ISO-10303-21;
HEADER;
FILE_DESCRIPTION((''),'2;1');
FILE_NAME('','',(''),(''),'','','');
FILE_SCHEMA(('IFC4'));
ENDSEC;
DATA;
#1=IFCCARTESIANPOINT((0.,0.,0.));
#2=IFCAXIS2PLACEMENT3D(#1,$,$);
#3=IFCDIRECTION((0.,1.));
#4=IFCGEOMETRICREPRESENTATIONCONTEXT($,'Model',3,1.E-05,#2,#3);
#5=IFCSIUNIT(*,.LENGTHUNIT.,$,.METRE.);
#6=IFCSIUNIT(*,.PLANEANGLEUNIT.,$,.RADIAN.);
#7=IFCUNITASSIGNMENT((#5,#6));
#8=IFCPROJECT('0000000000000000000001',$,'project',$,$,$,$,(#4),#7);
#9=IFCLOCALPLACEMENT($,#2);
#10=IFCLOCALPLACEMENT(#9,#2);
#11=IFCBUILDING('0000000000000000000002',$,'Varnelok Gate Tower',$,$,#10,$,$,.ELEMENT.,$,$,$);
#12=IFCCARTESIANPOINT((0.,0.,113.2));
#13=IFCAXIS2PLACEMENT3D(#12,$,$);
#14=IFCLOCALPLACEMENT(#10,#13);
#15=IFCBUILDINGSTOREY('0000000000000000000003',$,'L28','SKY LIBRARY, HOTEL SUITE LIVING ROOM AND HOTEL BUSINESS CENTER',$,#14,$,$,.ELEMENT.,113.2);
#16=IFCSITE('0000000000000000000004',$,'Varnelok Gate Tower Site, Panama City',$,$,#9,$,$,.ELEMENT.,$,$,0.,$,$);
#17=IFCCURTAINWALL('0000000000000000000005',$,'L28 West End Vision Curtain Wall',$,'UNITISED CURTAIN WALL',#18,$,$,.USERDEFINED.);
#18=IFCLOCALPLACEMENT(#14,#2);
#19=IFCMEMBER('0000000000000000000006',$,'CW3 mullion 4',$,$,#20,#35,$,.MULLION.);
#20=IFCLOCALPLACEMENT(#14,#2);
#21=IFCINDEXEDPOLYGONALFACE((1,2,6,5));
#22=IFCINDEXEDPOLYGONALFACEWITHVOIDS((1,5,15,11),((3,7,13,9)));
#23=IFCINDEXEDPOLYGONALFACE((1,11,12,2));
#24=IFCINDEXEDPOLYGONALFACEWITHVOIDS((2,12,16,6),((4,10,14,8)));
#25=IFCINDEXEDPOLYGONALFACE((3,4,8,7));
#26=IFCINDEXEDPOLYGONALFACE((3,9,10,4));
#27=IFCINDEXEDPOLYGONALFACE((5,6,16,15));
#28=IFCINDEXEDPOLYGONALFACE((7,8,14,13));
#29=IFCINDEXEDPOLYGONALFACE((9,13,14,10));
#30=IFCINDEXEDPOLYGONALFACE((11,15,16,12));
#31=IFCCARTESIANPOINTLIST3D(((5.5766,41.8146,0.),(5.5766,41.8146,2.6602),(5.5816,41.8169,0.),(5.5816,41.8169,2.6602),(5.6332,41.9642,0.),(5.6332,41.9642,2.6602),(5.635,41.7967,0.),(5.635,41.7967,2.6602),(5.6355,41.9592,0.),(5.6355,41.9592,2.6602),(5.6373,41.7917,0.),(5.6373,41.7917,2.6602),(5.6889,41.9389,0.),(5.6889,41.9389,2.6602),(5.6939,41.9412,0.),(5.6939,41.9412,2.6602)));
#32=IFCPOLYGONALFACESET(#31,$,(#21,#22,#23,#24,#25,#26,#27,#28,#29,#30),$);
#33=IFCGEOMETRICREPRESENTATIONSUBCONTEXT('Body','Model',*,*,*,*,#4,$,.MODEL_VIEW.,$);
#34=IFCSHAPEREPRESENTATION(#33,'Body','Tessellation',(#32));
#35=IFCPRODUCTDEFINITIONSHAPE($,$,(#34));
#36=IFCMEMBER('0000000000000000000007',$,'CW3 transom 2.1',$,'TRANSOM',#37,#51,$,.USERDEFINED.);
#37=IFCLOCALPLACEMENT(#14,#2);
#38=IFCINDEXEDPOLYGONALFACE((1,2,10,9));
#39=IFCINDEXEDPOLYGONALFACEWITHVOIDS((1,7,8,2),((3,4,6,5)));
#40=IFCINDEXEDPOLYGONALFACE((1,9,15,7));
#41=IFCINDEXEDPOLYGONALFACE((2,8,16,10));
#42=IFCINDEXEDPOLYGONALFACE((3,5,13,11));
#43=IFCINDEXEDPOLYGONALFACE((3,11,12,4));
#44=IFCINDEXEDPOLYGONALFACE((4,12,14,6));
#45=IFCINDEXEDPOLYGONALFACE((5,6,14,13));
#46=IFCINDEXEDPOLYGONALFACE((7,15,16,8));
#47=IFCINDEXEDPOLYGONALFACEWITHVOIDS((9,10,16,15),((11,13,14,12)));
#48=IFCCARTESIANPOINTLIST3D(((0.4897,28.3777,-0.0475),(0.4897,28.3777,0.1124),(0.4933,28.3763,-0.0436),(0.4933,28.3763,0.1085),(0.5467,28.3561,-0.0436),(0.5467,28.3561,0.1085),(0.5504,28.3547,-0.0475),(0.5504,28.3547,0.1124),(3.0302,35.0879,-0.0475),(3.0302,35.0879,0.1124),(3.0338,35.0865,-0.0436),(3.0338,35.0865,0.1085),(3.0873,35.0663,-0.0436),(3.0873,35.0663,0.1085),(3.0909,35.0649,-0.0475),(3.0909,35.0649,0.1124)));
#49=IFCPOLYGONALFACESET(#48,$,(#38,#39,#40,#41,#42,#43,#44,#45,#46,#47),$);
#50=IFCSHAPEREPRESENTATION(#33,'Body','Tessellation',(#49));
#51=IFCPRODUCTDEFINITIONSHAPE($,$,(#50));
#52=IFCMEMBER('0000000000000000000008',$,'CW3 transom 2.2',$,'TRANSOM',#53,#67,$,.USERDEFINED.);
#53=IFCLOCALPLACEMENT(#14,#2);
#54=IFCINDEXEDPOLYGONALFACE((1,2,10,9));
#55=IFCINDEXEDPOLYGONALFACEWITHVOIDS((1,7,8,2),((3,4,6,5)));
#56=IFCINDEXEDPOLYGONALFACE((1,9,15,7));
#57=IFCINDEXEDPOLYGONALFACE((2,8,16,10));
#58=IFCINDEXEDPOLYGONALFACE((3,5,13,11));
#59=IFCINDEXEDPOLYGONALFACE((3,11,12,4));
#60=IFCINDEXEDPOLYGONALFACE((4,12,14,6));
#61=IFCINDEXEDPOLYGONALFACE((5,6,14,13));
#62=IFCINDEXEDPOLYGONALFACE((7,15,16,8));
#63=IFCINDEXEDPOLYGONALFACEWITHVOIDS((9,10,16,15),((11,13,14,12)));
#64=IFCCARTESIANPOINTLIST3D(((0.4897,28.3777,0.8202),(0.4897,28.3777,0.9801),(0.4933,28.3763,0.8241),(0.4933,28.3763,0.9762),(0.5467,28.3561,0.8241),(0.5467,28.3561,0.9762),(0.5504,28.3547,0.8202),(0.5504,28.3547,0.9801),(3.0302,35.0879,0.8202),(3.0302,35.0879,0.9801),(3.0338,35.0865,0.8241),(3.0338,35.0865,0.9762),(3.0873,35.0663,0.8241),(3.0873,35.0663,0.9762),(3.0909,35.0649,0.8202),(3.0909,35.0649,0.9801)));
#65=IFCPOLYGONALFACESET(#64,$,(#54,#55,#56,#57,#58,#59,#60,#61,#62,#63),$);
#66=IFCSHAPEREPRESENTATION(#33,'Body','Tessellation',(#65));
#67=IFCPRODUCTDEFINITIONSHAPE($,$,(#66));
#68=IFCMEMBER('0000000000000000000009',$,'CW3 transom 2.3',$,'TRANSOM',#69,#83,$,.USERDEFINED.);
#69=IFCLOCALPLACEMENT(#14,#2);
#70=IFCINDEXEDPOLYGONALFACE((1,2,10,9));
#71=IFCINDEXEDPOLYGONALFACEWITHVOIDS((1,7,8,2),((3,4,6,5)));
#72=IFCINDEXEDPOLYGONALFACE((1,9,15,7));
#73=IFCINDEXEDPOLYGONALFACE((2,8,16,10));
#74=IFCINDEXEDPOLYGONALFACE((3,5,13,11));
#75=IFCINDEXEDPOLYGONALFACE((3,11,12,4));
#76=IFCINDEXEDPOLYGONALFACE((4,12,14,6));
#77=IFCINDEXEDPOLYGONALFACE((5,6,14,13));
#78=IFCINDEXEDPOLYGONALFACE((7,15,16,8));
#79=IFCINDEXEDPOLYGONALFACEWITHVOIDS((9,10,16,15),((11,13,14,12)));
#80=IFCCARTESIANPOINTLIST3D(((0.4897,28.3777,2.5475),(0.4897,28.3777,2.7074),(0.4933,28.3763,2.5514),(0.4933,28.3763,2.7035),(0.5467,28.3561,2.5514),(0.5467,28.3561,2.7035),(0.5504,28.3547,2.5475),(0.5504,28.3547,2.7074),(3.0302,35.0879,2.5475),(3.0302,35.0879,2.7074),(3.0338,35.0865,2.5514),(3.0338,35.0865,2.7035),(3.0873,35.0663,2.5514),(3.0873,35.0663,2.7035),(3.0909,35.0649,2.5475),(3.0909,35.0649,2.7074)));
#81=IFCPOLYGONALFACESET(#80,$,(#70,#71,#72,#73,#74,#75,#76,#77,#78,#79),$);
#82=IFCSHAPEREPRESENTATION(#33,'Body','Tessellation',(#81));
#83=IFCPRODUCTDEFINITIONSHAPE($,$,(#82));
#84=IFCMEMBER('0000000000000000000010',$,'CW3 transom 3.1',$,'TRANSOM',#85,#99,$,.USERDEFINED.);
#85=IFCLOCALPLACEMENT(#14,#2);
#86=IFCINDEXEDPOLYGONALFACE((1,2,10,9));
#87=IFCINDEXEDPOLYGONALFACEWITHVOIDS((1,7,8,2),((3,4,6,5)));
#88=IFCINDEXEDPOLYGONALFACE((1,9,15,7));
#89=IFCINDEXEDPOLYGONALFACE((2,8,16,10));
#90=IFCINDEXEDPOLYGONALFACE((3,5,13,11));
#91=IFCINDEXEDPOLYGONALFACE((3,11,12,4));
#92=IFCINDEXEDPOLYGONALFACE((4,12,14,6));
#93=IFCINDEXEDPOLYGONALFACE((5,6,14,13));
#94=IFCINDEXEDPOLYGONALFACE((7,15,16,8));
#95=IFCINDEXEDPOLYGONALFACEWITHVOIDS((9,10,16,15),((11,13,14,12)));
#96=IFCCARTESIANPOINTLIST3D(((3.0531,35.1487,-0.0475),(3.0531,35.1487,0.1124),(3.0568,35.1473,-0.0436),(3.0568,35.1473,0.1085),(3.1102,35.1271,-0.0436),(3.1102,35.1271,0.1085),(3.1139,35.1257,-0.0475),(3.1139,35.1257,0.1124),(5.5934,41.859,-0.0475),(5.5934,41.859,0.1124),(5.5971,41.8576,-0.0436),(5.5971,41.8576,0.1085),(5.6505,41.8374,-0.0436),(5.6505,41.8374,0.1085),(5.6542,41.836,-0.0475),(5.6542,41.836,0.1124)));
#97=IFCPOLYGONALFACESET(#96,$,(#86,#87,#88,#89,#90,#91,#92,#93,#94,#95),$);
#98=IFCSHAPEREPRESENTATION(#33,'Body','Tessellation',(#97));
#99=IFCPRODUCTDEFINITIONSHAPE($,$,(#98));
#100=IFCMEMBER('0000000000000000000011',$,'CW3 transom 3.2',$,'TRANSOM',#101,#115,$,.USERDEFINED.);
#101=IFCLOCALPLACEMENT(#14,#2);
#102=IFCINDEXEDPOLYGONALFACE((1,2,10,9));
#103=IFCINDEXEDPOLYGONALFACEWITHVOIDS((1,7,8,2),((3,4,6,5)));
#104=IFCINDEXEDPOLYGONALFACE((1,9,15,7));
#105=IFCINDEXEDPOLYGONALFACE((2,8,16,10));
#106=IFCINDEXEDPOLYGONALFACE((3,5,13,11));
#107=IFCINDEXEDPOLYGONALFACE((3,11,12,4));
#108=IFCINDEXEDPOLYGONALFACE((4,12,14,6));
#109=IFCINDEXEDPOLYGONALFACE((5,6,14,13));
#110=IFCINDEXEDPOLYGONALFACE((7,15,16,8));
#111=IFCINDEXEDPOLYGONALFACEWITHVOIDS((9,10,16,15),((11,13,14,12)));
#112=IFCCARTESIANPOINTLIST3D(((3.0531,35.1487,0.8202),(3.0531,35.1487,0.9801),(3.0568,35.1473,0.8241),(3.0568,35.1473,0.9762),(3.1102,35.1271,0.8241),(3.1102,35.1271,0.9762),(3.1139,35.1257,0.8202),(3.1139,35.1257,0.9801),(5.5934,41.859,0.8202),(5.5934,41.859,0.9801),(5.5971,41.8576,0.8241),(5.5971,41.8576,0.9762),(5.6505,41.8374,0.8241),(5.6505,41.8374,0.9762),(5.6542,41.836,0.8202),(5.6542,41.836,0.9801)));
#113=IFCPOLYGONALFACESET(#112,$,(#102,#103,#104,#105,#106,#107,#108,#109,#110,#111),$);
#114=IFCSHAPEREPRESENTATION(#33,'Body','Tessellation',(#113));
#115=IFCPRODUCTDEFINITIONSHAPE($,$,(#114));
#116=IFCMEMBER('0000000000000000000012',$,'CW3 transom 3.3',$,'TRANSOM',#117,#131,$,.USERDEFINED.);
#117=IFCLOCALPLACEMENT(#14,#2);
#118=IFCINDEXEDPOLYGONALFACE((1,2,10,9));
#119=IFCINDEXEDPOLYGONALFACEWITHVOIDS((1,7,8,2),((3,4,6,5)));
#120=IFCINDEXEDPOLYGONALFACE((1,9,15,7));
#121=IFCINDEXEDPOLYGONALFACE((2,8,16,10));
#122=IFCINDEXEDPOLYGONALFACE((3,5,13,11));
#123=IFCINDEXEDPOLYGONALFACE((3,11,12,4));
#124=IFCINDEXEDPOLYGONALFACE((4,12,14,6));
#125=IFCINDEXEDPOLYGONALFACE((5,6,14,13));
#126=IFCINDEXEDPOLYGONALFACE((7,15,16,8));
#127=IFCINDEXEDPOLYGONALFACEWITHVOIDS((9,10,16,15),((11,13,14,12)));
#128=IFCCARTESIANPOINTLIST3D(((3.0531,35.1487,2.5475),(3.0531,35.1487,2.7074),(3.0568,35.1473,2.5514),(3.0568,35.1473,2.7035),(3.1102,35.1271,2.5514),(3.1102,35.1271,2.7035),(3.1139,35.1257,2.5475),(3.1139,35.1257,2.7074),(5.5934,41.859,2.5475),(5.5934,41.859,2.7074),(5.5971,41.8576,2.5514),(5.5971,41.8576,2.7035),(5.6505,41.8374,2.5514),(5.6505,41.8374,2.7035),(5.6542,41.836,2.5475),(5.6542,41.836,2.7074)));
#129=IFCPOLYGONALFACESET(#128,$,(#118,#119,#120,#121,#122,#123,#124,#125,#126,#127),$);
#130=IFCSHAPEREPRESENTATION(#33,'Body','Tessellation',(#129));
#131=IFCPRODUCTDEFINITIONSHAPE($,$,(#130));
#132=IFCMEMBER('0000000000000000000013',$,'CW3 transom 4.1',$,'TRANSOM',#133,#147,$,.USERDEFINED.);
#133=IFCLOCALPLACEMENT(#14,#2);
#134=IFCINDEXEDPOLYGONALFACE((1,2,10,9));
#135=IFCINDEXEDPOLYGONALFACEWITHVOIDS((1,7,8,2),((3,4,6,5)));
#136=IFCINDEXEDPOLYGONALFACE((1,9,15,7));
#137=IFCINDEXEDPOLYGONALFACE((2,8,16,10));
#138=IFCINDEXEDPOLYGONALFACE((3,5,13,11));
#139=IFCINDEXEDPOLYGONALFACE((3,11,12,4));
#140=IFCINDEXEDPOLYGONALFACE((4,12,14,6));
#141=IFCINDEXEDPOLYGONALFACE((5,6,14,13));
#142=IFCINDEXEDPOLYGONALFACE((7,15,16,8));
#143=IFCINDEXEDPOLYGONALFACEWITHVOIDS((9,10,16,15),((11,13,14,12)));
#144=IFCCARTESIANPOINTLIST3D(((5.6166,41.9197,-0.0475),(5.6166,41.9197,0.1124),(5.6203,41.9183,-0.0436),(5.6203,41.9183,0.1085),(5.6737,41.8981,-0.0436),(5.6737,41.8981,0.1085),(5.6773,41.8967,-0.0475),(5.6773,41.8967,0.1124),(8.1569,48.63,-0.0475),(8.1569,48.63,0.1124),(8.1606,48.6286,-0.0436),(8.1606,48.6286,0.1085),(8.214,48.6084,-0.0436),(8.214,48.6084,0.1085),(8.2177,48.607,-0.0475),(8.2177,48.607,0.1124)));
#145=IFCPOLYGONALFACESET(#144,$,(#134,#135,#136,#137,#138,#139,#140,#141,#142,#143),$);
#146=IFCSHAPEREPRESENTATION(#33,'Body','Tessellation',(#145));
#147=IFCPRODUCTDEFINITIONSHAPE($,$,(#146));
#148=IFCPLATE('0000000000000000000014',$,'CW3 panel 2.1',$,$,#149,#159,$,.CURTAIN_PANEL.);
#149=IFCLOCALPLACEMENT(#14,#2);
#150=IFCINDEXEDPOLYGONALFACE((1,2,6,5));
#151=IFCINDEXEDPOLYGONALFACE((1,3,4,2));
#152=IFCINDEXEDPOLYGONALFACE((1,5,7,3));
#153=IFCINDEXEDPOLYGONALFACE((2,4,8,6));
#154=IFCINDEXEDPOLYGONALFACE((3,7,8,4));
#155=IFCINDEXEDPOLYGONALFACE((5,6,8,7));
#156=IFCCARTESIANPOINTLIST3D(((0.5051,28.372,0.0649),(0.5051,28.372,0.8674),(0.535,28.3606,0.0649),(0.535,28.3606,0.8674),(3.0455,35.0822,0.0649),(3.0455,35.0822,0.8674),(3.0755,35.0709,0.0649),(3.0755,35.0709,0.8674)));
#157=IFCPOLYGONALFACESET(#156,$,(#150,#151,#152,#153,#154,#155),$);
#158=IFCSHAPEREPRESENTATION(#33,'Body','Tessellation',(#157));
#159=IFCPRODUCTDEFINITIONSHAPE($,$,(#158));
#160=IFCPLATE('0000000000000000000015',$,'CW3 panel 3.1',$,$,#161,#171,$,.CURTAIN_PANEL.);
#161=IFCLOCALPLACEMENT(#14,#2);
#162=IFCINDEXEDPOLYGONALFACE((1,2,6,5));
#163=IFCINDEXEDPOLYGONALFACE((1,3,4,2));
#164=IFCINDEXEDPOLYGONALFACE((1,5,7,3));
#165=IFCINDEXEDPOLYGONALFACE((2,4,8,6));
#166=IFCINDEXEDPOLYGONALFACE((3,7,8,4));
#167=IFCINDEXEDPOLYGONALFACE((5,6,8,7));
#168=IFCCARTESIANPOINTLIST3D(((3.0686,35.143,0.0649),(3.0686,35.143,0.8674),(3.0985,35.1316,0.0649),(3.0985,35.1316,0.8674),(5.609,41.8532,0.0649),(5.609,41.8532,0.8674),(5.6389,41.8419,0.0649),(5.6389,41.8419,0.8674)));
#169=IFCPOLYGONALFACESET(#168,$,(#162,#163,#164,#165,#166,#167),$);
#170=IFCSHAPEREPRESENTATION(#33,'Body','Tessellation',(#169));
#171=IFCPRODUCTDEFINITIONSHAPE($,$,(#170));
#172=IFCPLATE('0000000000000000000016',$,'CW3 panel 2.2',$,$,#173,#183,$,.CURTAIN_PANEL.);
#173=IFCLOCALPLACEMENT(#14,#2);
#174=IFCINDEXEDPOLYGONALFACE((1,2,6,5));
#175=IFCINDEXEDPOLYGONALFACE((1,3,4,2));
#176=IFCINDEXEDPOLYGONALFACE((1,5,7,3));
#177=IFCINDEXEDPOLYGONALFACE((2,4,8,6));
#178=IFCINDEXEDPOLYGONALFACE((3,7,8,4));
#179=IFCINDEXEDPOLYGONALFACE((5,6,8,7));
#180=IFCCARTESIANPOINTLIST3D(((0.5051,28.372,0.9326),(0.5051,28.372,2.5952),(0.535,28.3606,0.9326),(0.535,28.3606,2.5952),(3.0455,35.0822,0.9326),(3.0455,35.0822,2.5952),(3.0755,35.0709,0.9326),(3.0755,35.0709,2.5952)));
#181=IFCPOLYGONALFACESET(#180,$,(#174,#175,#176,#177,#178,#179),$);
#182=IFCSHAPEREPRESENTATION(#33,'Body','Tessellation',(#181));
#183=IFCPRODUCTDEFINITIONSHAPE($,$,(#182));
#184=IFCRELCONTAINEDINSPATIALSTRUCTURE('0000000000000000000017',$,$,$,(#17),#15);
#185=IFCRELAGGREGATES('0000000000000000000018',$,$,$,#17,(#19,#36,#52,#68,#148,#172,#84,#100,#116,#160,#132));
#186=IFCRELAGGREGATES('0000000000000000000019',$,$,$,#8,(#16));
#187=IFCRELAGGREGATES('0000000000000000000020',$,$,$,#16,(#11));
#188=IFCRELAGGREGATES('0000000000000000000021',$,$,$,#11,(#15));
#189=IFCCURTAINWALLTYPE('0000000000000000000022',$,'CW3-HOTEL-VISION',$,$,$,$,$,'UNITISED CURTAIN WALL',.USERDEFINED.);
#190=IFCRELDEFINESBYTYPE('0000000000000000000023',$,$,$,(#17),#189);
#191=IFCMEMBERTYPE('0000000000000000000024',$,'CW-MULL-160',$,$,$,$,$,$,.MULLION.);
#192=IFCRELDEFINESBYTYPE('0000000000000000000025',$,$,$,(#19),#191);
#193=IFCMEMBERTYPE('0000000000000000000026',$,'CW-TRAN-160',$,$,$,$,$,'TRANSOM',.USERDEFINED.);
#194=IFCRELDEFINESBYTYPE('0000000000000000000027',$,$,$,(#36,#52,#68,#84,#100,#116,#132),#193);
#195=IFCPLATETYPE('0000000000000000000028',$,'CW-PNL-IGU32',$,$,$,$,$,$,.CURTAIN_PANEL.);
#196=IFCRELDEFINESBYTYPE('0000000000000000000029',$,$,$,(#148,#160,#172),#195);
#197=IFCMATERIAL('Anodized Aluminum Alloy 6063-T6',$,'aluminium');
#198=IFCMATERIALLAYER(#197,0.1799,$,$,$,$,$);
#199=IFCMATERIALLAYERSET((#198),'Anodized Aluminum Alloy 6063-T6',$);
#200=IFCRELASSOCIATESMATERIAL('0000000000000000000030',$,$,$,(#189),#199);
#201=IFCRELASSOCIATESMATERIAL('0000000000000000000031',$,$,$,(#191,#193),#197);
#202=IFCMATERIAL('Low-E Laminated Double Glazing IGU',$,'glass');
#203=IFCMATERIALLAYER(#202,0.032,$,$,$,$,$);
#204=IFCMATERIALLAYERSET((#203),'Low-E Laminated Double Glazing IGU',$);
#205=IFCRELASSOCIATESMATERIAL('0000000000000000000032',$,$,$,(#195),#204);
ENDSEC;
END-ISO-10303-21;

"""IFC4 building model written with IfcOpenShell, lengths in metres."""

from ifc_helpers import new_model, si_unit, direction, frame, origin, origin_2d, place, context, subcontext, project, spatial, rectangle, hollow_rectangle, extrude, source, transform, mapped, material, layer, layer_set, material_profile, profile_set, type_object, element, aggregate, save


model = new_model("IFC4")

# Units and contexts
model_context = context("Model", 3, precision=1e-05, world=origin(), true_north=direction((0.0, 1.0)))
body_context = subcontext(model_context, "Body", "Model", "MODEL_VIEW")
ifc_project = project(units=[si_unit("LENGTHUNIT", "METRE"), si_unit("PLANEANGLEUNIT", "RADIAN")], contexts=[model_context])

# Site, building, storey
site_placement = place(None, origin())
site = spatial("IfcSite", under=ifc_project, at=site_placement, Name="Varnelok Gate Tower Site, Panama City", CompositionType="ELEMENT", RefElevation=0.0)
building_placement = place(site_placement, origin())
building = spatial("IfcBuilding", under=site, at=building_placement, Name="Varnelok Gate Tower", CompositionType="ELEMENT")
storey_placement = place(building_placement, frame((0.0, 0.0, 113.2)))
storey = spatial("IfcBuildingStorey", under=building, at=storey_placement, Name="L28", Description="SKY LIBRARY, HOTEL SUITE LIVING ROOM AND HOTEL BUSINESS CENTER", CompositionType="ELEMENT", Elevation=113.2)

# Curtain wall, members, plates
ifc_material_1 = material(Name="Anodized Aluminum Alloy 6063-T6", Category="aluminium")
ifc_layer_1 = layer(ifc_material_1, 0.1799)
ifc_layer_set_1 = layer_set([ifc_layer_1], Name="Anodized Aluminum Alloy 6063-T6")
curtain_wall_type = type_object("IfcCurtainWallType", Name="CW3-HOTEL-VISION", ElementType="UNITISED CURTAIN WALL", PredefinedType="USERDEFINED", material=ifc_layer_set_1)
curtain_wall_placement = place(storey_placement, origin())
curtain_wall = element("IfcCurtainWall", 1, at=curtain_wall_placement, inside=storey, type_object=curtain_wall_type, Name="L28 West End Vision Curtain Wall", ObjectType="UNITISED CURTAIN WALL", PredefinedType="USERDEFINED")
ifc_material_profile_1 = material_profile(ifc_material_1, hollow_rectangle(XDim=0.0649, YDim=0.1599, WallThickness=0.0039, at=origin_2d()), Name="ALU160X65X4")
ifc_profile_set_1 = profile_set([ifc_material_profile_1], Name="Anodized Aluminum Alloy 6063-T6")
member_type_1 = type_object("IfcMemberType", Name="CW-MULL-160", PredefinedType="MULLION", material=ifc_profile_set_1)
member_1_placement = place(storey_placement, frame((5.6353, 41.8779, 0.0), z_axis=(0.0, 0.0, 1.0), x_axis=(-0.935221, 0.354064, 0.0)))
member_1 = element("IfcMember", 2, at=member_1_placement, type_object=member_type_1, Name="CW3 mullion 4", PredefinedType="MULLION", context=body_context, shape_type="SweptSolid", body=[
    extrude(hollow_rectangle(XDim=0.0649, YDim=0.1599, WallThickness=0.0039, at=origin_2d()), origin(), (0.0, 0.0, 1.0), 2.6602),
])
ifc_material_profile_2 = material_profile(ifc_material_1, hollow_rectangle(XDim=0.0649, YDim=0.1599, WallThickness=0.0039, at=origin_2d()), Name="ALU160X65X4")
ifc_profile_set_2 = profile_set([ifc_material_profile_2], Name="Anodized Aluminum Alloy 6063-T6")
member_type_2 = type_object("IfcMemberType", Name="CW-TRAN-160", ElementType="TRANSOM", PredefinedType="USERDEFINED", material=ifc_profile_set_2)
member_2_placement = place(storey_placement, frame((0.52, 28.3662, 0.0325), z_axis=(0.354079, 0.935216, 0.0), x_axis=(-0.935216, 0.354079, 0.0)))
member_2 = element("IfcMember", 3, at=member_2_placement, type_object=member_type_2, Name="CW3 transom 2.1", ObjectType="TRANSOM", PredefinedType="USERDEFINED", context=body_context, shape_type="SweptSolid", body=[
    extrude(hollow_rectangle(XDim=0.0649, YDim=0.1599, WallThickness=0.0039, at=origin_2d()), origin(), (0.0, 0.0, 1.0), 7.175),
])
member_3_placement = place(storey_placement, frame((0.52, 28.3662, 0.9001), z_axis=(0.354079, 0.935216, 0.0), x_axis=(-0.935216, 0.354079, 0.0)))
member_3 = element("IfcMember", 4, at=member_3_placement, type_object=member_type_2, Name="CW3 transom 2.2", ObjectType="TRANSOM", PredefinedType="USERDEFINED", context=body_context, shape_type="SweptSolid", body=[
    extrude(hollow_rectangle(XDim=0.0649, YDim=0.1599, WallThickness=0.0039, at=origin_2d()), origin(), (0.0, 0.0, 1.0), 7.175),
])
member_4_placement = place(storey_placement, frame((0.52, 28.3662, 2.6274), z_axis=(0.354079, 0.935216, 0.0), x_axis=(-0.935216, 0.354079, 0.0)))
member_4 = element("IfcMember", 5, at=member_4_placement, type_object=member_type_2, Name="CW3 transom 2.3", ObjectType="TRANSOM", PredefinedType="USERDEFINED", context=body_context, shape_type="SweptSolid", body=[
    extrude(hollow_rectangle(XDim=0.0649, YDim=0.1599, WallThickness=0.0039, at=origin_2d()), origin(), (0.0, 0.0, 1.0), 7.175),
])
member_5_placement = place(storey_placement, frame((3.0835, 35.1372, 0.0325), z_axis=(0.354049, 0.935227, 0.0), x_axis=(-0.935227, 0.354049, 0.0)))
member_5 = element("IfcMember", 6, at=member_5_placement, type_object=member_type_2, Name="CW3 transom 3.1", ObjectType="TRANSOM", PredefinedType="USERDEFINED", context=body_context, shape_type="SweptSolid", body=[
    extrude(hollow_rectangle(XDim=0.0649, YDim=0.1599, WallThickness=0.0039, at=origin_2d()), origin(), (0.0, 0.0, 1.0), 7.175),
])
member_6_placement = place(storey_placement, frame((3.0835, 35.1372, 0.9001), z_axis=(0.354049, 0.935227, 0.0), x_axis=(-0.935227, 0.354049, 0.0)))
member_6 = element("IfcMember", 7, at=member_6_placement, type_object=member_type_2, Name="CW3 transom 3.2", ObjectType="TRANSOM", PredefinedType="USERDEFINED", context=body_context, shape_type="SweptSolid", body=[
    extrude(hollow_rectangle(XDim=0.0649, YDim=0.1599, WallThickness=0.0039, at=origin_2d()), origin(), (0.0, 0.0, 1.0), 7.175),
])
member_7_placement = place(storey_placement, frame((3.0835, 35.1372, 2.6274), z_axis=(0.354049, 0.935227, 0.0), x_axis=(-0.935227, 0.354049, 0.0)))
member_7 = element("IfcMember", 8, at=member_7_placement, type_object=member_type_2, Name="CW3 transom 3.3", ObjectType="TRANSOM", PredefinedType="USERDEFINED", context=body_context, shape_type="SweptSolid", body=[
    extrude(hollow_rectangle(XDim=0.0649, YDim=0.1599, WallThickness=0.0039, at=origin_2d()), origin(), (0.0, 0.0, 1.0), 7.175),
])
member_8_placement = place(storey_placement, frame((5.647, 41.9082, 0.0325), z_axis=(0.354049, 0.935227, 0.0), x_axis=(-0.935227, 0.354049, 0.0)))
member_8 = element("IfcMember", 9, at=member_8_placement, type_object=member_type_2, Name="CW3 transom 4.1", ObjectType="TRANSOM", PredefinedType="USERDEFINED", context=body_context, shape_type="SweptSolid", body=[
    extrude(hollow_rectangle(XDim=0.0649, YDim=0.1599, WallThickness=0.0039, at=origin_2d()), origin(), (0.0, 0.0, 1.0), 7.175),
])
ifc_material_2 = material(Name="Low-E Laminated Double Glazing IGU", Category="glass")
ifc_layer_2 = layer(ifc_material_2, 0.032)
ifc_layer_set_2 = layer_set([ifc_layer_2], Name="Low-E Laminated Double Glazing IGU")
plate_type = type_object("IfcPlateType", Name="CW-PNL-IGU32", PredefinedType="CURTAIN_PANEL", material=ifc_layer_set_2)
shared_shape_1 = source(origin(), body_context, "Body", "SweptSolid", [
    extrude(rectangle(XDim=7.175, YDim=0.032, at=origin_2d()), origin(), (0.0, 0.0, 1.0), 0.8025),
])
plate_1_placement = place(storey_placement, frame((1.7903, 31.7214, 0.0649), z_axis=(0.0, 0.0, 1.0), x_axis=(0.354064, 0.935221, 0.0)))
plate_1 = element("IfcPlate", 10, at=plate_1_placement, type_object=plate_type, Name="CW3 panel 2.1", PredefinedType="CURTAIN_PANEL", context=body_context, shape_type="MappedRepresentation", body=[
    mapped(shared_shape_1, transform((0.0, 0.0, 0.0), scale=1.0)),
])
plate_2_placement = place(storey_placement, frame((4.3538, 38.4924, 0.0649), z_axis=(0.0, 0.0, 1.0), x_axis=(0.354064, 0.935221, 0.0)))
plate_2 = element("IfcPlate", 11, at=plate_2_placement, type_object=plate_type, Name="CW3 panel 3.1", PredefinedType="CURTAIN_PANEL", context=body_context, shape_type="MappedRepresentation", body=[
    mapped(shared_shape_1, transform((0.0, 0.0, 0.0), scale=1.0)),
])
shared_shape_2 = source(origin(), body_context, "Body", "SweptSolid", [
    extrude(rectangle(XDim=7.175, YDim=0.032, at=origin_2d()), origin(), (0.0, 0.0, 1.0), 1.6626),
])
plate_3_placement = place(storey_placement, frame((1.7903, 31.7214, 0.9326), z_axis=(0.0, 0.0, 1.0), x_axis=(0.354064, 0.935221, 0.0)))
plate_3 = element("IfcPlate", 12, at=plate_3_placement, type_object=plate_type, Name="CW3 panel 2.2", PredefinedType="CURTAIN_PANEL", context=body_context, shape_type="MappedRepresentation", body=[
    mapped(shared_shape_2, transform((0.0, 0.0, 0.0), scale=1.0)),
])
aggregate(curtain_wall, [member_1, member_2, member_3, member_4, plate_1, plate_3, member_5, member_6, member_7, plate_2, member_8])

save(model, "model.ifc")
